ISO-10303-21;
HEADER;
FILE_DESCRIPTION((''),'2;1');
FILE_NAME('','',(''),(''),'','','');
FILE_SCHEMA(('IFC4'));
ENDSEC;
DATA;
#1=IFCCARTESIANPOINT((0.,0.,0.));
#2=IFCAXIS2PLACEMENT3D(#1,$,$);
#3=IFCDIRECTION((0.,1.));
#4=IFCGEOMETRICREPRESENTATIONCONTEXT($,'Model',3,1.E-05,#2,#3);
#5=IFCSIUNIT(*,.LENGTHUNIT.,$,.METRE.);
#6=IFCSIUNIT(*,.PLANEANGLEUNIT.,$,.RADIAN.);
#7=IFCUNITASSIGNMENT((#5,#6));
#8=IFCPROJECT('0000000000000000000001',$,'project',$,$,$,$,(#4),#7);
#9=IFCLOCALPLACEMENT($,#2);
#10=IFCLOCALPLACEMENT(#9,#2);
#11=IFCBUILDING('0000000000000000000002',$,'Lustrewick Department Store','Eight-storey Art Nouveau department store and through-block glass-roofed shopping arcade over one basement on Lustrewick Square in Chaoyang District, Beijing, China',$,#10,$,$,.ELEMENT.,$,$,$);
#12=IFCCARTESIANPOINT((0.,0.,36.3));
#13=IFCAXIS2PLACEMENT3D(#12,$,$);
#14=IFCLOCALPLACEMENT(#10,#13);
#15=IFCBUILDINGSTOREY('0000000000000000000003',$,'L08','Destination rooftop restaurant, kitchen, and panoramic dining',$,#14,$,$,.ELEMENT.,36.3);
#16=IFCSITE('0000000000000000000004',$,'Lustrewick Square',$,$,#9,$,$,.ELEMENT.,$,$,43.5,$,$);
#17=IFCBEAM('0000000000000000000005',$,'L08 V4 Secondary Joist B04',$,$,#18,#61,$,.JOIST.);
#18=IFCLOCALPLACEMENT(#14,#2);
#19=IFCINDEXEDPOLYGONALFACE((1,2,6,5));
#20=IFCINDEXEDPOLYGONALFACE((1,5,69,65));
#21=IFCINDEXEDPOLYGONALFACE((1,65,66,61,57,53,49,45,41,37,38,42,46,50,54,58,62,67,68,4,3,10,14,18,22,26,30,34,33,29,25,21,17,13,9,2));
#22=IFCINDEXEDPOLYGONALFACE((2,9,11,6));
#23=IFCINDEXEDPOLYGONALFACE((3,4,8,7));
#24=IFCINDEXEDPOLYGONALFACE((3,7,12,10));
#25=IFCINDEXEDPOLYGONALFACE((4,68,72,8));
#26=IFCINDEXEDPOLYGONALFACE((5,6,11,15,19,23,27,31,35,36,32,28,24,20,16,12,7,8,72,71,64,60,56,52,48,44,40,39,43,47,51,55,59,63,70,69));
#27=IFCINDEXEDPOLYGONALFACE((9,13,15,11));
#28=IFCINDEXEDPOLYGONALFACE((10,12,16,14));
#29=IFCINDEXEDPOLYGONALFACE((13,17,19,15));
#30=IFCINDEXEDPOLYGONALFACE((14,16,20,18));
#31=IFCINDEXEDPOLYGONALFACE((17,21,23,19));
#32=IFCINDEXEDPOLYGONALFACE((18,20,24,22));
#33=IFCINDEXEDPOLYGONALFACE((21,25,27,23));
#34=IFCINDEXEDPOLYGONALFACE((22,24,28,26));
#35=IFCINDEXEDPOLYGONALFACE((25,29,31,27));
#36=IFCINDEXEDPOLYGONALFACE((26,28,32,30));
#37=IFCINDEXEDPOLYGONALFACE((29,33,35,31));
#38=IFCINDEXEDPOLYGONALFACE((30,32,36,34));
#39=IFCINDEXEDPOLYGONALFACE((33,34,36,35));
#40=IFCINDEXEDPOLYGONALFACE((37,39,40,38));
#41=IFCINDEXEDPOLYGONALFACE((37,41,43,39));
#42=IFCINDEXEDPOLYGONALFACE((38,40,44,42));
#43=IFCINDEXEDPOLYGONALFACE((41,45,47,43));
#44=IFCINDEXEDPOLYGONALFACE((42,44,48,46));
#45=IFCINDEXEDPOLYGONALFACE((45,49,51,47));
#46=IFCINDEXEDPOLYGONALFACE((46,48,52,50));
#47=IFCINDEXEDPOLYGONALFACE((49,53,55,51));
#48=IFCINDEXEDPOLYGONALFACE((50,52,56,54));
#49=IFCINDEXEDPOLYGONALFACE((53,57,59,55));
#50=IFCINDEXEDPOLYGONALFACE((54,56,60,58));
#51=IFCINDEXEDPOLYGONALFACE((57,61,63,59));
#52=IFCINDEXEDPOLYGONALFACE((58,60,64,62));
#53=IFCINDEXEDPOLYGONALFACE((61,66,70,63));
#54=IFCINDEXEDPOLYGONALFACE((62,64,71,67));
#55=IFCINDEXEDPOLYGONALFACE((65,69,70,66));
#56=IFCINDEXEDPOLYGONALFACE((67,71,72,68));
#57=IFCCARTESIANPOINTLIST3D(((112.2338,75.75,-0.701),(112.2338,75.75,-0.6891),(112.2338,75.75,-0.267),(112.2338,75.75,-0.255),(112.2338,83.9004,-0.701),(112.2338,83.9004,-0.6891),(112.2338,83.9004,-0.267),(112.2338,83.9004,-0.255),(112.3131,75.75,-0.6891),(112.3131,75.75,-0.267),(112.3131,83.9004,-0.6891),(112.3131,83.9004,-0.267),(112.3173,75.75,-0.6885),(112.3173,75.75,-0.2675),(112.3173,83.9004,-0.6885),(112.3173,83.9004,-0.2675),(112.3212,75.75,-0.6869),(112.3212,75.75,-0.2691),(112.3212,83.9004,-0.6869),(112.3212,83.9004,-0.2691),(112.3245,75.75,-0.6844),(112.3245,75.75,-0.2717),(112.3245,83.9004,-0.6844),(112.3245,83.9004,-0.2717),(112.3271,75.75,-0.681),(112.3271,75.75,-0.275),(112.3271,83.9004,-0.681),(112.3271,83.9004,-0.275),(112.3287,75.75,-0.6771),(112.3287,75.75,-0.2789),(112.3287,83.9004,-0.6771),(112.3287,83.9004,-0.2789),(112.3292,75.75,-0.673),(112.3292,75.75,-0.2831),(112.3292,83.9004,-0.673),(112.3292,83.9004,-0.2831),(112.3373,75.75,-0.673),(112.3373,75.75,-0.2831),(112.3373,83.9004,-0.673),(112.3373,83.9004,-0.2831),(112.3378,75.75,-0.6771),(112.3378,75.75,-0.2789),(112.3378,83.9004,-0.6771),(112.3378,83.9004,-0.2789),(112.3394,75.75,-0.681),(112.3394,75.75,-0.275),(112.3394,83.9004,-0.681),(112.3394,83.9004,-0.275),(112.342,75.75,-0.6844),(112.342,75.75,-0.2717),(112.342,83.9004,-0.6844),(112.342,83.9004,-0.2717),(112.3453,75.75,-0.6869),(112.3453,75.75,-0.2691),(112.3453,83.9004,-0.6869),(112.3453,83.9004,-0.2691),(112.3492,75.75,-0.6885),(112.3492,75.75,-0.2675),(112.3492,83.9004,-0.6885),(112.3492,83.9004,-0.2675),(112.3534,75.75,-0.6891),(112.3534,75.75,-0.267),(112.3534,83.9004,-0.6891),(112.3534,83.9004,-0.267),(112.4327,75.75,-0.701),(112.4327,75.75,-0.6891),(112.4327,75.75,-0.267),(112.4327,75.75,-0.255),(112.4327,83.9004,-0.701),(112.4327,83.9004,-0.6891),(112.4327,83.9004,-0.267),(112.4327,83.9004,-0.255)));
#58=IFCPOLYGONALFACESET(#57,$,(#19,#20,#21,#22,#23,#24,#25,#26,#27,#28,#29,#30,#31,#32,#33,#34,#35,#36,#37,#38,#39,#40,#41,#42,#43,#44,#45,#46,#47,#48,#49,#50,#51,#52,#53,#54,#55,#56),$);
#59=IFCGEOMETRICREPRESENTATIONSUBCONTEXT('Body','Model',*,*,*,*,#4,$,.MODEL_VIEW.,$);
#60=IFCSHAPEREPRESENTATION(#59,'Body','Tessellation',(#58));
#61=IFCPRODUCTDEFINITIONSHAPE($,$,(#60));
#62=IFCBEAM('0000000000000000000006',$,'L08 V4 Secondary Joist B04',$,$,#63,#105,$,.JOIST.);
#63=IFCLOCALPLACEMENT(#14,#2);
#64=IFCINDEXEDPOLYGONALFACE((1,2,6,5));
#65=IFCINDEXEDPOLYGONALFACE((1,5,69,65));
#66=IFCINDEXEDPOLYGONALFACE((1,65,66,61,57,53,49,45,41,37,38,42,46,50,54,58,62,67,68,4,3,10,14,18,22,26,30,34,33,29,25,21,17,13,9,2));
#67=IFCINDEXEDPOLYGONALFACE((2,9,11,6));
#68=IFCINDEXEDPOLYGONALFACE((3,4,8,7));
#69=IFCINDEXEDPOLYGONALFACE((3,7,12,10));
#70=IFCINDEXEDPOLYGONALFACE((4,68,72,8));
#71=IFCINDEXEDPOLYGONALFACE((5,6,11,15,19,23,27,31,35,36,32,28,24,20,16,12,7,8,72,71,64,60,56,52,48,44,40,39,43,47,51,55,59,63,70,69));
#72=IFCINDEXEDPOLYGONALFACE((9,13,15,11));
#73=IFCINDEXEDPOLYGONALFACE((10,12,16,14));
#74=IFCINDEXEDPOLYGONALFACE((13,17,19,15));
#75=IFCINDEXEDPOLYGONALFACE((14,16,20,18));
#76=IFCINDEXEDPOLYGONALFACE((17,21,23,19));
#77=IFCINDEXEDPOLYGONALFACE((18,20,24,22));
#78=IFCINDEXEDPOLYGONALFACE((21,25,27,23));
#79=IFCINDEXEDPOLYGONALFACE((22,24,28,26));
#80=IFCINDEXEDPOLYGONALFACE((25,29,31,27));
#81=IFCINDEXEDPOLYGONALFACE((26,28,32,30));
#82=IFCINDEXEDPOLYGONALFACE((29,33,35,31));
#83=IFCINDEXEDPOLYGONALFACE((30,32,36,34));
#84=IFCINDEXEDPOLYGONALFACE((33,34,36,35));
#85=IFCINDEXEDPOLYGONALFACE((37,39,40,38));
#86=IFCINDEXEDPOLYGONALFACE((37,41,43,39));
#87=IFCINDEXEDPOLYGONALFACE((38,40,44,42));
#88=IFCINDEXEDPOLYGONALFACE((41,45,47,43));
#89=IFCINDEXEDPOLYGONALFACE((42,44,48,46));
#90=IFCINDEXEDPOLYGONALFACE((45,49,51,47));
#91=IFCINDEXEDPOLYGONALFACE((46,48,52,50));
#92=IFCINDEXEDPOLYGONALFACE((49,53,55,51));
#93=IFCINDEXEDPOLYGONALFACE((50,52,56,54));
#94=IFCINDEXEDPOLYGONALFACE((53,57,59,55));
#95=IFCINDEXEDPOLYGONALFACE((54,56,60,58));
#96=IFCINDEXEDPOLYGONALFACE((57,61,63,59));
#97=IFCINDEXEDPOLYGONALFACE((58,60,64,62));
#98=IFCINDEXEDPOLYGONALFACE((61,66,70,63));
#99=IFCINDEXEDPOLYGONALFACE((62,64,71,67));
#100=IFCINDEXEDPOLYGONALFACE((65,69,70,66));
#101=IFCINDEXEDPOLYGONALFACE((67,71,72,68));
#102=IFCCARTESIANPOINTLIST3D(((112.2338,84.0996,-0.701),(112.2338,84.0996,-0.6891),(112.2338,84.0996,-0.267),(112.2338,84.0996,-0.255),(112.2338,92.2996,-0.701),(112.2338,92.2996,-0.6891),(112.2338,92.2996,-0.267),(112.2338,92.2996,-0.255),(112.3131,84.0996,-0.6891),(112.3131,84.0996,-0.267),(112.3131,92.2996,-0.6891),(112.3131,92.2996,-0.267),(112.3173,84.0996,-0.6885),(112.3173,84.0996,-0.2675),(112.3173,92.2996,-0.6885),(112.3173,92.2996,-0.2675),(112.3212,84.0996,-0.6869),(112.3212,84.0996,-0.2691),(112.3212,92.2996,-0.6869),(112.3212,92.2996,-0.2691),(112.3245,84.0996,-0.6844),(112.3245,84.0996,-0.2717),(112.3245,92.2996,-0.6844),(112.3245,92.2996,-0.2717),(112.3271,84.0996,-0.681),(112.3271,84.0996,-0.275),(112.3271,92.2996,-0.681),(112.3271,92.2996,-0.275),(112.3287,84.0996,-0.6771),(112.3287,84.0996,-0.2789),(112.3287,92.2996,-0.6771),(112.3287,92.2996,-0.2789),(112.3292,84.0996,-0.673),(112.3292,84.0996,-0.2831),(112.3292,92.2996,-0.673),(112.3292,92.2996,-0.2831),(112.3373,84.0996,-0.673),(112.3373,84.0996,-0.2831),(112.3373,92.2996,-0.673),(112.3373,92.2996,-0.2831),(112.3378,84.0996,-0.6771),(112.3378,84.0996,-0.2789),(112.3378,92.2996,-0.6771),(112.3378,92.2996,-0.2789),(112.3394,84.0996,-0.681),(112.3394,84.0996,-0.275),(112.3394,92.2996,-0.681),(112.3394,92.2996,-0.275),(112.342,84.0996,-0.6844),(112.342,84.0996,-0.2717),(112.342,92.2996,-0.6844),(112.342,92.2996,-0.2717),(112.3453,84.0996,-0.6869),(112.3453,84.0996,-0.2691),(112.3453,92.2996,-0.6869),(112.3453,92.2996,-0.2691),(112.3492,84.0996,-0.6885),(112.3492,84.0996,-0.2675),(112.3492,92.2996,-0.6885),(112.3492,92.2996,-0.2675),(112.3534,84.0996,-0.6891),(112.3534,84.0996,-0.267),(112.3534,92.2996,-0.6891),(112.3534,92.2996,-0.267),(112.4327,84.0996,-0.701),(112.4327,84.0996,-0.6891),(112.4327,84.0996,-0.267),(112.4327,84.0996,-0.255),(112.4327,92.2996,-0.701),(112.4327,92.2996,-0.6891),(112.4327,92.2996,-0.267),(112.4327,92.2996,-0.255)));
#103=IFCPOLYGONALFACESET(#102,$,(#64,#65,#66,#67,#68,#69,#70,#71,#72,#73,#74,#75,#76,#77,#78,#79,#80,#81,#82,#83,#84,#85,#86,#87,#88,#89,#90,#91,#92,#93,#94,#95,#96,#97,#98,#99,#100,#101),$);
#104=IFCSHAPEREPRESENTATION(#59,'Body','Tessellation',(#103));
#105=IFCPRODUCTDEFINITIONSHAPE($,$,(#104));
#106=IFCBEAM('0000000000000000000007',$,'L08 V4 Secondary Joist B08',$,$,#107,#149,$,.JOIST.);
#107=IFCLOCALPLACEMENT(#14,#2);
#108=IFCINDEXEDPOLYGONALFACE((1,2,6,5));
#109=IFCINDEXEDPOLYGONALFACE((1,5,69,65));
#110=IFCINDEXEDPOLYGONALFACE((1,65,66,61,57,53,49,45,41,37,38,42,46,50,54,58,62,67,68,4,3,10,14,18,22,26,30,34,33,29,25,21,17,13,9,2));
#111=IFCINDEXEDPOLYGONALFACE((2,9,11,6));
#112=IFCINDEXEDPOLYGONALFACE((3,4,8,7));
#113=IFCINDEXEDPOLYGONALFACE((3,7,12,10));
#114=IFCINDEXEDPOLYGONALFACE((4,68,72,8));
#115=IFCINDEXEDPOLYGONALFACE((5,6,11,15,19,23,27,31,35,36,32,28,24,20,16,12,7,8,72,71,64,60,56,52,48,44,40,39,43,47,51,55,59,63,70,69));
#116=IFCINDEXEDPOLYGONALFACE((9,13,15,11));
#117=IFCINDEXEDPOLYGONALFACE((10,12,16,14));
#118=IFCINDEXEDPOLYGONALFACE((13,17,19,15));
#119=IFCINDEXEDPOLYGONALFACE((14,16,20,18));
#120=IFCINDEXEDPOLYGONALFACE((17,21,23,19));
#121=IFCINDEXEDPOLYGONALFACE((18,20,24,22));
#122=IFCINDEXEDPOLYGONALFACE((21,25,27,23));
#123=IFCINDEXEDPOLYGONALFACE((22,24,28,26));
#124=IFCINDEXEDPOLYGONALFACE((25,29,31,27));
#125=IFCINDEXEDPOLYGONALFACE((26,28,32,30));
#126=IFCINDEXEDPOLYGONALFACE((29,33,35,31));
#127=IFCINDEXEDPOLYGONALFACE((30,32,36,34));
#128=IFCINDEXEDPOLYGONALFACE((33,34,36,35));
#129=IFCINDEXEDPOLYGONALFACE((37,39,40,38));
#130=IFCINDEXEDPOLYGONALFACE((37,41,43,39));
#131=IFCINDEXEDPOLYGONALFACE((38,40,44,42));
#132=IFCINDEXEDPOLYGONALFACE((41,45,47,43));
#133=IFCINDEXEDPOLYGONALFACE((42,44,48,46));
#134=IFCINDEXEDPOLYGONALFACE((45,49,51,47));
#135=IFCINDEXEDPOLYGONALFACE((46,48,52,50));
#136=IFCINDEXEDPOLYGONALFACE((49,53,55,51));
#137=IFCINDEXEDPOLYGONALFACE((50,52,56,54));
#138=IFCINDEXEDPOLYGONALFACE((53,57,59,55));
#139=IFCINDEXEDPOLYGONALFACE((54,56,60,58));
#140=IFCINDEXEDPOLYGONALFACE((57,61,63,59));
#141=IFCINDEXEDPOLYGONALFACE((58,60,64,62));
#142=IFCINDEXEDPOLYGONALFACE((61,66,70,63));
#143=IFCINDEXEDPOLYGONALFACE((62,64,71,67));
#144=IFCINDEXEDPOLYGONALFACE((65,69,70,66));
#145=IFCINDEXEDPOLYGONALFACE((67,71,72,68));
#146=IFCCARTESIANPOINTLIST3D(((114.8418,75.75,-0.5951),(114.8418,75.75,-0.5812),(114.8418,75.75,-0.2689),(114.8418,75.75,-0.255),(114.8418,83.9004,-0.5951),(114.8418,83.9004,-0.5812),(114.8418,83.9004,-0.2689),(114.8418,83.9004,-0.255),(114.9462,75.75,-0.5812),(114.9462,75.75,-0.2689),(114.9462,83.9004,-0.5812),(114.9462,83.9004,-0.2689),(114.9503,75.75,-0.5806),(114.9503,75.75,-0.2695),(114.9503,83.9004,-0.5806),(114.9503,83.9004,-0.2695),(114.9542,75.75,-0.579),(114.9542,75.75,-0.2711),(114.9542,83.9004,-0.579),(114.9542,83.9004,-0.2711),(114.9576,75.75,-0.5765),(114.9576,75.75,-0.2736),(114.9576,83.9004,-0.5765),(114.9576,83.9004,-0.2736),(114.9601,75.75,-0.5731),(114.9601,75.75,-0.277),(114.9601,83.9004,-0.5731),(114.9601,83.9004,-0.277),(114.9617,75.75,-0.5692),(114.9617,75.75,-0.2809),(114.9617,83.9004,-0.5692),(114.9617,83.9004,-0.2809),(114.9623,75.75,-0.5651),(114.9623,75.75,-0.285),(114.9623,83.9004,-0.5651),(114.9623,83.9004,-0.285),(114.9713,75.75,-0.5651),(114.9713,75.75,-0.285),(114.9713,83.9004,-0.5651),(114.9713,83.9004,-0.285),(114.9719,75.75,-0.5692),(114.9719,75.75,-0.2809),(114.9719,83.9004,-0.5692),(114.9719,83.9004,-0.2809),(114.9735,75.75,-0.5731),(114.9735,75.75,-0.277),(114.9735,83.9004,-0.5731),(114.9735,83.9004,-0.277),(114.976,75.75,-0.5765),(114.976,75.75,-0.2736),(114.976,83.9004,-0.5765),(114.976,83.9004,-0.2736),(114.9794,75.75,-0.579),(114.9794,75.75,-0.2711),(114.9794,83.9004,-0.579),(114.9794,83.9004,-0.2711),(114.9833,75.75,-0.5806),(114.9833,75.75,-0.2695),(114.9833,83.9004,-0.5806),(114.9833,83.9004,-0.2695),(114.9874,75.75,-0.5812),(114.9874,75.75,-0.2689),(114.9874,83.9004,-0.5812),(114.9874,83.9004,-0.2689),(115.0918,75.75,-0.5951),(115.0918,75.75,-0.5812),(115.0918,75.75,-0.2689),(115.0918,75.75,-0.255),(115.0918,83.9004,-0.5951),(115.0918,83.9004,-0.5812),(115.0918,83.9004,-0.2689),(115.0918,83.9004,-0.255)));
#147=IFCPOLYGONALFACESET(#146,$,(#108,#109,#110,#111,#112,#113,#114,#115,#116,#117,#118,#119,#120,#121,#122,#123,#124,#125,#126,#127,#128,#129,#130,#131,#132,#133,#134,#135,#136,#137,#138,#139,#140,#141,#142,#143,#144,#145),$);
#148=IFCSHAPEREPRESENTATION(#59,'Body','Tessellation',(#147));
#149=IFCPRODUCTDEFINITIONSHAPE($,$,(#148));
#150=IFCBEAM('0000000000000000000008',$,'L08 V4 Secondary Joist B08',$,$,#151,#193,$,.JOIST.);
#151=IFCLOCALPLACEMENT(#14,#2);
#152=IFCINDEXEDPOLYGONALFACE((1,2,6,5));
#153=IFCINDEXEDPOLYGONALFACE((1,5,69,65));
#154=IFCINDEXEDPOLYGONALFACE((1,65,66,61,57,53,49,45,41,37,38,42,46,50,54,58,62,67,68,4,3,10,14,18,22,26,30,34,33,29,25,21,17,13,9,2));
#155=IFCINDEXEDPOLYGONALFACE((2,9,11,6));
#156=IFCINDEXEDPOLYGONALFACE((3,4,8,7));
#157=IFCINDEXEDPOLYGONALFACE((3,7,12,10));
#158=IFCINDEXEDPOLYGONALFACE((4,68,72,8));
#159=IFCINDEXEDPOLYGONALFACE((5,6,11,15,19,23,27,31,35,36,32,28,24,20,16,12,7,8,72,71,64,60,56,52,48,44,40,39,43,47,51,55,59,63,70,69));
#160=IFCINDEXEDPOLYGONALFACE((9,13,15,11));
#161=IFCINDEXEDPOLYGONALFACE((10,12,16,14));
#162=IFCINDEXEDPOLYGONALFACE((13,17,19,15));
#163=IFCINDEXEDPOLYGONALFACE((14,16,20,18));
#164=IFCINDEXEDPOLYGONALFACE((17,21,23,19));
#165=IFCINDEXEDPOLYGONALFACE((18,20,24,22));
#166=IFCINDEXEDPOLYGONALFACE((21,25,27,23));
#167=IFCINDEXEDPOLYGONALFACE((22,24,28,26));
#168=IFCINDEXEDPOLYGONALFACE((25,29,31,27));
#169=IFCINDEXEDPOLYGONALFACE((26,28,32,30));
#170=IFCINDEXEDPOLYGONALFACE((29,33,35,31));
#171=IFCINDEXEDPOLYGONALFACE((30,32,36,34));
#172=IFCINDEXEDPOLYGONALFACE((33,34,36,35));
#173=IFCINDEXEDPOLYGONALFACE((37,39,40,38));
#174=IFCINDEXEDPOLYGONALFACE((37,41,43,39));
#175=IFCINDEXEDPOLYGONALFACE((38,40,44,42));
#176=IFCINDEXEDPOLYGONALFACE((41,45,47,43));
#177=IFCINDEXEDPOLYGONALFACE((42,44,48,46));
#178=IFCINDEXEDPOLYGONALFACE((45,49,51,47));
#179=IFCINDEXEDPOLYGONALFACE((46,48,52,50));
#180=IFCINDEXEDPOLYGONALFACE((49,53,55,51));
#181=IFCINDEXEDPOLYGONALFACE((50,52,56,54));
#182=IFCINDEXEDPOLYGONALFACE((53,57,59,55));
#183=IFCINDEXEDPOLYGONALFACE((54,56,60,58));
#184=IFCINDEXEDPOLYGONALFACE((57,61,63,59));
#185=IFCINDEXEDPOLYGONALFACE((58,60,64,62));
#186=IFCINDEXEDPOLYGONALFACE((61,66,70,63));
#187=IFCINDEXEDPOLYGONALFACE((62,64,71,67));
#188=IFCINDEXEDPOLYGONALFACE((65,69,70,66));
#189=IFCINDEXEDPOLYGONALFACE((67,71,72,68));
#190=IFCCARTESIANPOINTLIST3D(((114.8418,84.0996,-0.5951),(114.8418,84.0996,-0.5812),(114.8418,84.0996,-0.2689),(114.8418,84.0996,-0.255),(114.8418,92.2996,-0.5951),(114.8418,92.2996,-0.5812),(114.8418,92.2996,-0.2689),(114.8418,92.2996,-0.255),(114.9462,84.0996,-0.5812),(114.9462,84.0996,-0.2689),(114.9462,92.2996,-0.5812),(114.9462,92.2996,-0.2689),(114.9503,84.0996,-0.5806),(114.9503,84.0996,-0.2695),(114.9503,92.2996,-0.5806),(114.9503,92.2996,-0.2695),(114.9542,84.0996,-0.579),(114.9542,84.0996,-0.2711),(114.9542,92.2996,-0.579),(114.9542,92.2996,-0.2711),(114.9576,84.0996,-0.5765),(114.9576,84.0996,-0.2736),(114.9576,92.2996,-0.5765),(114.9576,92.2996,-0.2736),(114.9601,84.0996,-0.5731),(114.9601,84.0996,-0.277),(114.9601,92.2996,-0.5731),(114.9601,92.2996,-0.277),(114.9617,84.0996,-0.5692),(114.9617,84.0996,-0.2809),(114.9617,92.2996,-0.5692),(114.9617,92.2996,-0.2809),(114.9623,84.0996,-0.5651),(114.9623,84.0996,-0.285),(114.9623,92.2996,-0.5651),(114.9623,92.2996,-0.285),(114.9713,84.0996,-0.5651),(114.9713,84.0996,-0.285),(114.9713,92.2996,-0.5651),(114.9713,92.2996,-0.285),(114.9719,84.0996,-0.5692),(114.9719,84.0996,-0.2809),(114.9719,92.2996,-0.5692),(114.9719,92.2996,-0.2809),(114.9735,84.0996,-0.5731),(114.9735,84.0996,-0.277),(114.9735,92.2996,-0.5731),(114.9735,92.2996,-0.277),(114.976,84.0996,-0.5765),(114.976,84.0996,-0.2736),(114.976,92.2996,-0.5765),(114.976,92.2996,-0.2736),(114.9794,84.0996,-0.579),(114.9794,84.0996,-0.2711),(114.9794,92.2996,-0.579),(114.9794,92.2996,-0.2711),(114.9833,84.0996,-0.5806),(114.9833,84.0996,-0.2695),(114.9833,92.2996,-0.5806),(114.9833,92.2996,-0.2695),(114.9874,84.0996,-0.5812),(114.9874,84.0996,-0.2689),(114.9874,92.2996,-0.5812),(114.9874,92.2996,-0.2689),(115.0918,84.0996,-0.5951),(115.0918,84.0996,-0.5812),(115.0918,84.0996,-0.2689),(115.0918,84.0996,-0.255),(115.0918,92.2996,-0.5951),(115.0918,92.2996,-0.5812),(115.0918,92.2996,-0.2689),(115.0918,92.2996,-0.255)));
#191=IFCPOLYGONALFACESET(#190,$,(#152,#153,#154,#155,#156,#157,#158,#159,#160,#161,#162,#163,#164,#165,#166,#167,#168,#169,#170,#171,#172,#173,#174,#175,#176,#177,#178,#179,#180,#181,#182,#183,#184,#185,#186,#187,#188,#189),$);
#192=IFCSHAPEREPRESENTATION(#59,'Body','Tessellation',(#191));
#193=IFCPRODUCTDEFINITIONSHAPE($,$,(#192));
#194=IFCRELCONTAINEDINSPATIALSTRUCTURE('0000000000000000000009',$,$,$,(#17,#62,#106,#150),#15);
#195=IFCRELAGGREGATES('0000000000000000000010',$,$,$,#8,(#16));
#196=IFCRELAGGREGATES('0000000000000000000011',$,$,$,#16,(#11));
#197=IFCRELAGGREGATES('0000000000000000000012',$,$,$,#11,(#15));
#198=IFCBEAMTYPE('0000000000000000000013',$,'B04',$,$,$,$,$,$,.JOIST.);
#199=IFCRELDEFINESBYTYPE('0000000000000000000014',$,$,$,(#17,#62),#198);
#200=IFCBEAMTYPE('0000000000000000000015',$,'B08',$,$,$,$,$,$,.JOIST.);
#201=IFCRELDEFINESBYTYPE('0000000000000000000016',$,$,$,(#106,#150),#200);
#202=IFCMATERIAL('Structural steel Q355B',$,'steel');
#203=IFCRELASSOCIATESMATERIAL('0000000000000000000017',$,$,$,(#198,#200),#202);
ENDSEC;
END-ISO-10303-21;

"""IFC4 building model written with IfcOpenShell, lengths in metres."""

from ifc_helpers import new_model, si_unit, direction, frame, origin, origin_2d, place, context, subcontext, project, spatial, i_section, extrude, material, material_profile, profile_set, type_object, element, save


model = new_model("IFC4")

# Units and contexts
model_context = context("Model", 3, precision=1e-05, world=origin(), true_north=direction((0.0, 1.0)))
body_context = subcontext(model_context, "Body", "Model", "MODEL_VIEW")
ifc_project = project(units=[si_unit("LENGTHUNIT", "METRE"), si_unit("PLANEANGLEUNIT", "RADIAN")], contexts=[model_context])

# Site, building, storey
site_placement = place(None, origin())
site = spatial("IfcSite", under=ifc_project, at=site_placement, Name="Lustrewick Square", CompositionType="ELEMENT", RefElevation=43.5)
building_placement = place(site_placement, origin())
building = spatial("IfcBuilding", under=site, at=building_placement, Name="Lustrewick Department Store", Description="Eight-storey Art Nouveau department store and through-block glass-roofed shopping arcade over one basement on Lustrewick Square in Chaoyang District, Beijing, China", CompositionType="ELEMENT")
storey_placement = place(building_placement, frame((0.0, 0.0, 36.3)))
storey = spatial("IfcBuildingStorey", under=building, at=storey_placement, Name="L08", Description="Destination rooftop restaurant, kitchen, and panoramic dining", CompositionType="ELEMENT", Elevation=36.3)

# Beams
ifc_material_1 = material(Name="Structural steel Q355B", Category="steel")
ifc_material_profile_1 = material_profile(ifc_material_1, i_section(OverallWidth=0.199, OverallDepth=0.446, WebThickness=0.0081, FlangeThickness=0.012, FilletRadius=0.0161, at=origin_2d()), Name="HN 446x199x8x12")
ifc_profile_set_1 = profile_set([ifc_material_profile_1], Name="Structural steel Q355B")
beam_type_1 = type_object("IfcBeamType", Name="B04", PredefinedType="JOIST", material=ifc_profile_set_1)
beam_1_placement = place(storey_placement, frame((112.3333, 75.75, -0.478), z_axis=(0.0, 1.0, 0.0), x_axis=(-1.0, 0.0, 0.0)))
element("IfcBeam", 1, at=beam_1_placement, inside=storey, type_object=beam_type_1, Name="L08 V4 Secondary Joist B04", PredefinedType="JOIST", context=body_context, shape_type="SweptSolid", body=[
    extrude(i_section(OverallWidth=0.199, OverallDepth=0.446, WebThickness=0.0081, FlangeThickness=0.012, FilletRadius=0.0161, at=origin_2d()), origin(), (0.0, 0.0, 1.0), 8.1504),
])
beam_2_placement = place(storey_placement, frame((112.3333, 84.0996, -0.478), z_axis=(0.0, 1.0, 0.0), x_axis=(-1.0, 0.0, 0.0)))
element("IfcBeam", 2, at=beam_2_placement, inside=storey, type_object=beam_type_1, Name="L08 V4 Secondary Joist B04", PredefinedType="JOIST", context=body_context, shape_type="SweptSolid", body=[
    extrude(i_section(OverallWidth=0.199, OverallDepth=0.446, WebThickness=0.0081, FlangeThickness=0.012, FilletRadius=0.0161, at=origin_2d()), origin(), (0.0, 0.0, 1.0), 8.2),
])
ifc_material_profile_2 = material_profile(ifc_material_1, i_section(OverallWidth=0.25, OverallDepth=0.3401, WebThickness=0.009, FlangeThickness=0.0139, FilletRadius=0.0161, at=origin_2d()), Name="HM 340x250x9x14")
ifc_profile_set_2 = profile_set([ifc_material_profile_2], Name="Structural steel Q355B")
beam_type_2 = type_object("IfcBeamType", Name="B08", PredefinedType="JOIST", material=ifc_profile_set_2)
beam_3_placement = place(storey_placement, frame((114.9668, 75.75, -0.425), z_axis=(0.0, 1.0, 0.0), x_axis=(-1.0, 0.0, 0.0)))
element("IfcBeam", 3, at=beam_3_placement, inside=storey, type_object=beam_type_2, Name="L08 V4 Secondary Joist B08", PredefinedType="JOIST", context=body_context, shape_type="SweptSolid", body=[
    extrude(i_section(OverallWidth=0.25, OverallDepth=0.3401, WebThickness=0.009, FlangeThickness=0.0139, FilletRadius=0.0161, at=origin_2d()), origin(), (0.0, 0.0, 1.0), 8.1504),
])
beam_4_placement = place(storey_placement, frame((114.9668, 84.0996, -0.425), z_axis=(0.0, 1.0, 0.0), x_axis=(-1.0, 0.0, 0.0)))
element("IfcBeam", 4, at=beam_4_placement, inside=storey, type_object=beam_type_2, Name="L08 V4 Secondary Joist B08", PredefinedType="JOIST", context=body_context, shape_type="SweptSolid", body=[
    extrude(i_section(OverallWidth=0.25, OverallDepth=0.3401, WebThickness=0.009, FlangeThickness=0.0139, FilletRadius=0.0161, at=origin_2d()), origin(), (0.0, 0.0, 1.0), 8.2),
])

save(model, "model.ifc")
